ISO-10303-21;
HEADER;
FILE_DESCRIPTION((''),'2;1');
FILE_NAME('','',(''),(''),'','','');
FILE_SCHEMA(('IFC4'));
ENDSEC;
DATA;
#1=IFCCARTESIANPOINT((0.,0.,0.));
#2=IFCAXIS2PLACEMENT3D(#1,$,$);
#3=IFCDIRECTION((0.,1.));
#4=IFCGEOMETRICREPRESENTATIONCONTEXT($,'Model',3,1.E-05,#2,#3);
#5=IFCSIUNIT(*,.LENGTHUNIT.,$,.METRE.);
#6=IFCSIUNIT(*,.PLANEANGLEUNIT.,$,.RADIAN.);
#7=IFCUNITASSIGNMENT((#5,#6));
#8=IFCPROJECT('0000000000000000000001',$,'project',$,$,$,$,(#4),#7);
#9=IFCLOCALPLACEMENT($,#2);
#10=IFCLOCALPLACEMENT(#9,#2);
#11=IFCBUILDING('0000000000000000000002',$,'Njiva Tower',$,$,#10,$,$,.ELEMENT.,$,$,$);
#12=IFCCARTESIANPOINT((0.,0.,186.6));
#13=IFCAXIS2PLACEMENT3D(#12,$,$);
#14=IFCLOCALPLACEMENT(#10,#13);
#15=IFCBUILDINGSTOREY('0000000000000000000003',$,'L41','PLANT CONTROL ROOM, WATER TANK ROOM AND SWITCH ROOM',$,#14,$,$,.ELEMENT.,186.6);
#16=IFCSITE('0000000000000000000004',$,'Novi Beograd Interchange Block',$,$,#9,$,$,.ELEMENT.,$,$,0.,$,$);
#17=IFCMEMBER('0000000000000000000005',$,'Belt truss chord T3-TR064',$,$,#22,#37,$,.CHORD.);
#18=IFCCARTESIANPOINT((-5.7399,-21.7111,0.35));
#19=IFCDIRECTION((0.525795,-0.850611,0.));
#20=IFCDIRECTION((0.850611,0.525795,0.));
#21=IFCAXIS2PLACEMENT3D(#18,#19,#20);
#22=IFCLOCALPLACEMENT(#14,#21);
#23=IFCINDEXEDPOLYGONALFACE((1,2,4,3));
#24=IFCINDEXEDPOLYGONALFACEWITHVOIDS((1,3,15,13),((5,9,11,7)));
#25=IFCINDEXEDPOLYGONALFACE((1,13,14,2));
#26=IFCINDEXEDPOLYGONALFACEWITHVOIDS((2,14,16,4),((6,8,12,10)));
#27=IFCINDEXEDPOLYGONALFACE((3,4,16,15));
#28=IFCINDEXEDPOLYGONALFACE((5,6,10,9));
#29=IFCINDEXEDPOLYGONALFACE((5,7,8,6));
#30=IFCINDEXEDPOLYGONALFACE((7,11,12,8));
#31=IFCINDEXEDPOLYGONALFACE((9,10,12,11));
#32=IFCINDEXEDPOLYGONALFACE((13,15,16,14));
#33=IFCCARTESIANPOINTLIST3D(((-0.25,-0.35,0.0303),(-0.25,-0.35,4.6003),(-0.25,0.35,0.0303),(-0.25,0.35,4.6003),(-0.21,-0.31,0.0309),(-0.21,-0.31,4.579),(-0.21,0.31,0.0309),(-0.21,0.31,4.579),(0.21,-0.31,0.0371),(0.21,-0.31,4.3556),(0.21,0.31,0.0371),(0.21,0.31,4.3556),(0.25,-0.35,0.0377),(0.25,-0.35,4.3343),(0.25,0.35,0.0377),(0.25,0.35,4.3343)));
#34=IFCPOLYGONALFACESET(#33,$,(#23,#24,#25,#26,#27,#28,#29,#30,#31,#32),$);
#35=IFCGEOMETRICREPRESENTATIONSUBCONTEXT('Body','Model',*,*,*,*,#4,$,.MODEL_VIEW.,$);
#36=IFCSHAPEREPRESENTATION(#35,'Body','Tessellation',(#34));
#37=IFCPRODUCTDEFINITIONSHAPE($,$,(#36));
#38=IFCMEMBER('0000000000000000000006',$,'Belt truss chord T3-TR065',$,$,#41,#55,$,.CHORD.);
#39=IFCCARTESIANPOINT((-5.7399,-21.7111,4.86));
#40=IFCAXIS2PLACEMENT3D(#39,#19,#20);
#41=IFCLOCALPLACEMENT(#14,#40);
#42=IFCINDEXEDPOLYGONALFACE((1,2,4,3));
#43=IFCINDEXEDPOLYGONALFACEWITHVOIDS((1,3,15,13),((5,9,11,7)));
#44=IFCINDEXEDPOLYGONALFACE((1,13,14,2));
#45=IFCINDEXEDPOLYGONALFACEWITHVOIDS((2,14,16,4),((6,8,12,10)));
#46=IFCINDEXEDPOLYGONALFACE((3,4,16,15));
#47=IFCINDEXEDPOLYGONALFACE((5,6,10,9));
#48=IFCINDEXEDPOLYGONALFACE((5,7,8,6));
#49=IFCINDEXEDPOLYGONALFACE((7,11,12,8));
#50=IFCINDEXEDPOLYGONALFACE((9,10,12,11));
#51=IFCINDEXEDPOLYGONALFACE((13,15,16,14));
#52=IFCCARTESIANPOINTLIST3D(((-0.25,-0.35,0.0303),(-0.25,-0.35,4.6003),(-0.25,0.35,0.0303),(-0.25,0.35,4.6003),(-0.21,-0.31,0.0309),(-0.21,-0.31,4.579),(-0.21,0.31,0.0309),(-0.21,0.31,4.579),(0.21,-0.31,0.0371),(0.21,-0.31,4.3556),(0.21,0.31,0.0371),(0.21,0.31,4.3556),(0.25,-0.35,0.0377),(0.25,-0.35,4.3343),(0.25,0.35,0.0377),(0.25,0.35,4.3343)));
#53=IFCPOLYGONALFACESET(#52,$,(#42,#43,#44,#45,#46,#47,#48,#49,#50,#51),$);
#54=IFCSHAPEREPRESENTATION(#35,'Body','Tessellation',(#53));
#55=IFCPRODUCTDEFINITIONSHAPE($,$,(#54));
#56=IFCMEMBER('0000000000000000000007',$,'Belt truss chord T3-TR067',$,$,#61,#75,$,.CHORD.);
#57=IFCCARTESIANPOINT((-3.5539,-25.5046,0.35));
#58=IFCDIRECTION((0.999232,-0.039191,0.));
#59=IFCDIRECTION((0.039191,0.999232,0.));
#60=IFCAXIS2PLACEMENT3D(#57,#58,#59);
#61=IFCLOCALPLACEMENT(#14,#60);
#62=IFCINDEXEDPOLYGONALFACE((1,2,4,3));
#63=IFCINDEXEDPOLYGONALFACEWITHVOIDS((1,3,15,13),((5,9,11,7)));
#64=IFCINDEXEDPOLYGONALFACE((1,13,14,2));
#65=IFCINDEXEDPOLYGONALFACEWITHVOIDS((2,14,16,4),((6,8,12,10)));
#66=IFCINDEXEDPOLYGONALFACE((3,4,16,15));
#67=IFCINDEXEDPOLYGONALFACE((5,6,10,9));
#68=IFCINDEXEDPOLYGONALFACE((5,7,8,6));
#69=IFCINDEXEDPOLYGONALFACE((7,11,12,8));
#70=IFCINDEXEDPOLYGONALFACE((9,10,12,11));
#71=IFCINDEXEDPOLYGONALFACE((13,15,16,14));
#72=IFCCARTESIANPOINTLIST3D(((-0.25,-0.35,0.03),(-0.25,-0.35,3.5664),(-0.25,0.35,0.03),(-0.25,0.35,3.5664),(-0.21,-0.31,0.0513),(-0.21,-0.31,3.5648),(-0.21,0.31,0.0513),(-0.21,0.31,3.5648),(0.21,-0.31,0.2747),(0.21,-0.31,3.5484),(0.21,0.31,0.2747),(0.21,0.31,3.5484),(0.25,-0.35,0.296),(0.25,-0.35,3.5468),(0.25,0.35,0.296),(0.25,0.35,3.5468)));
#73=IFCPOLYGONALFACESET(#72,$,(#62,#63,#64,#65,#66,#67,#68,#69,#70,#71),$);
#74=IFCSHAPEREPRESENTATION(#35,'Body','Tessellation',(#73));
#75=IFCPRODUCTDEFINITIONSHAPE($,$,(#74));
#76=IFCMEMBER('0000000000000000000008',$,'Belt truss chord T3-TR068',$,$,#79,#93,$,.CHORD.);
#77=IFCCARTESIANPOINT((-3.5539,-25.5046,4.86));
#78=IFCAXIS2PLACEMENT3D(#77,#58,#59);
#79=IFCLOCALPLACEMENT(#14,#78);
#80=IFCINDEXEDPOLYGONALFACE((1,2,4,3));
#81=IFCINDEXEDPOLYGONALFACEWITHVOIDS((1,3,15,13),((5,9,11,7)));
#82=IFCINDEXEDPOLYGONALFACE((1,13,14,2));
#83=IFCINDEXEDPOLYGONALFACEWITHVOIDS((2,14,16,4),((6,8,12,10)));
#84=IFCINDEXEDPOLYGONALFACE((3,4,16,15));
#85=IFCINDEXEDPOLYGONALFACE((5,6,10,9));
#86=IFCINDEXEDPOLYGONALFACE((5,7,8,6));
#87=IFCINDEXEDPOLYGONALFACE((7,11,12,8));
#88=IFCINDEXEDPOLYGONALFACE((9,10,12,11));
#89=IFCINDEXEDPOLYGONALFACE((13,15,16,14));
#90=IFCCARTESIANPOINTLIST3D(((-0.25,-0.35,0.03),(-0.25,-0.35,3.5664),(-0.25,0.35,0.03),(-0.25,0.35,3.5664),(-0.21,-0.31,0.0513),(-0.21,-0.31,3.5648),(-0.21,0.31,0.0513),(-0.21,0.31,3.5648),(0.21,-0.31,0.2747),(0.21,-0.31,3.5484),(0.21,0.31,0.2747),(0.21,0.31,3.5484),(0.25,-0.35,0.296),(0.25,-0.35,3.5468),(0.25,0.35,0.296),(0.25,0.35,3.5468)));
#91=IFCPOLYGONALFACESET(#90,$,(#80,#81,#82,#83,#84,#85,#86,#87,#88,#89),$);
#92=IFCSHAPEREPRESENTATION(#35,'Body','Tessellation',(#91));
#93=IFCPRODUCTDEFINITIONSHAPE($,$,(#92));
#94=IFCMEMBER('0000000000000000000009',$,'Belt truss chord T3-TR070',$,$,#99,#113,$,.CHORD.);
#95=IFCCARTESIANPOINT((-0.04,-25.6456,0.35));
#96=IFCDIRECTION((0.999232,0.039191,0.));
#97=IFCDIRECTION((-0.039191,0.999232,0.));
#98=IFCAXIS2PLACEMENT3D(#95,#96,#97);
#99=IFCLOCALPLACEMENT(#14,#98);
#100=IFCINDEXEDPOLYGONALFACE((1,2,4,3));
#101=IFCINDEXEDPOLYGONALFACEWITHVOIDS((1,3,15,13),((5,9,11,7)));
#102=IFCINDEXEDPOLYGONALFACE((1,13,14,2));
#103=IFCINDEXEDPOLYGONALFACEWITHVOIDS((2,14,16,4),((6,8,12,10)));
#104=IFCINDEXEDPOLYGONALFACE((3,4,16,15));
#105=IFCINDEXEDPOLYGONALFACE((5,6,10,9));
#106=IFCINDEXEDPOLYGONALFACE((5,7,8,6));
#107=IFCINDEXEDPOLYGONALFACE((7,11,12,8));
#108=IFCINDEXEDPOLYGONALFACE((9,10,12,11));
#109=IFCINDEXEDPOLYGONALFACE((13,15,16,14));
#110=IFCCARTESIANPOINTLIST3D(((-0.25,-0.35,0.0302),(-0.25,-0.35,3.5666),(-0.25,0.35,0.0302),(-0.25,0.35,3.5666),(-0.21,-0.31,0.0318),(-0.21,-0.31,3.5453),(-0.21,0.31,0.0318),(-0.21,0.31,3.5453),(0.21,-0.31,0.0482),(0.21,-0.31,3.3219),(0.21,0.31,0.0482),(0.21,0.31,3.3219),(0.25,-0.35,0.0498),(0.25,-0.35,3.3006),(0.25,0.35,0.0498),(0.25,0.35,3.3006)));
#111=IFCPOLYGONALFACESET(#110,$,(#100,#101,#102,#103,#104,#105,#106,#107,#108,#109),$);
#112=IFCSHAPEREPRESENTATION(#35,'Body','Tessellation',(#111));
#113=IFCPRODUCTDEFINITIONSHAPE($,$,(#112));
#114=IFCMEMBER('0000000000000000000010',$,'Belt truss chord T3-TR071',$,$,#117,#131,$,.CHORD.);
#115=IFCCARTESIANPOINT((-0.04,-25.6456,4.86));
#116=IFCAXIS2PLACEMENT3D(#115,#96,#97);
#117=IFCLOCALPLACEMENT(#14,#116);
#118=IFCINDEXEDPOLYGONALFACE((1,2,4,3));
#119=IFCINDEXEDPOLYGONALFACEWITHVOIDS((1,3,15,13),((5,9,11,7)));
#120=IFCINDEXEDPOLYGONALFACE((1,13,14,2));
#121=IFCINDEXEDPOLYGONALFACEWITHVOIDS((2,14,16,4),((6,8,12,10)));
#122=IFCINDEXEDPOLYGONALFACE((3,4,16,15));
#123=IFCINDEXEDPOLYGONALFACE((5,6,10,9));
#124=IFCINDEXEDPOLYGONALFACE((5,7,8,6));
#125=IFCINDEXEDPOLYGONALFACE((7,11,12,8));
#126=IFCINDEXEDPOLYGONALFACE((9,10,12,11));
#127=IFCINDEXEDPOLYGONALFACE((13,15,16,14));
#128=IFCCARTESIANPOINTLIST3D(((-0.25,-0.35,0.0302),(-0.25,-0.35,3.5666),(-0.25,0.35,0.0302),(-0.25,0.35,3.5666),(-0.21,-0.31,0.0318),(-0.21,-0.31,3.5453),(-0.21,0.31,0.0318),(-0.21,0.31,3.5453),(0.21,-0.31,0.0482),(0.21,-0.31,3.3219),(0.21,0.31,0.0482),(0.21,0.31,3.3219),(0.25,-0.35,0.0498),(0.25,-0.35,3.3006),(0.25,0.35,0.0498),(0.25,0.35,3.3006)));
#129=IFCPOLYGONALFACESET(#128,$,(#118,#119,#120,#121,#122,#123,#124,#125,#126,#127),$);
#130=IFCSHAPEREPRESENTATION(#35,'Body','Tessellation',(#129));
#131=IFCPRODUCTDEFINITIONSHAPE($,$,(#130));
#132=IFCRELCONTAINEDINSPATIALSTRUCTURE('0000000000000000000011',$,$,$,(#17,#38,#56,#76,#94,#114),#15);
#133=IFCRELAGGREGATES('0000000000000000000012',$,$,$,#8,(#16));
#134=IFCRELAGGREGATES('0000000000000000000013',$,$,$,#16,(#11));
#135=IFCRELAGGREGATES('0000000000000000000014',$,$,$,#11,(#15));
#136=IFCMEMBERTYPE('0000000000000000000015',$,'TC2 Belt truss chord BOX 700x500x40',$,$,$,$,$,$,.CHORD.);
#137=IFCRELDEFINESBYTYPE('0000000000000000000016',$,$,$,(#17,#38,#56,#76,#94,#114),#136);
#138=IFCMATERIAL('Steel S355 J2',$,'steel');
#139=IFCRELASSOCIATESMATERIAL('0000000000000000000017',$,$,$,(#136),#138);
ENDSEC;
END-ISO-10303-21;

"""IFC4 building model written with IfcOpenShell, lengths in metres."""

from ifc_helpers import new_model, si_unit, direction, frame, origin, origin_2d, place, context, subcontext, project, spatial, hollow_rectangle, extrude, clip, halfspace, material, material_profile, profile_set, type_object, element, save


model = new_model("IFC4")

# Units and contexts
model_context = context("Model", 3, precision=1e-05, world=origin(), true_north=direction((0.0, 1.0)))
body_context = subcontext(model_context, "Body", "Model", "MODEL_VIEW")
ifc_project = project(units=[si_unit("LENGTHUNIT", "METRE"), si_unit("PLANEANGLEUNIT", "RADIAN")], contexts=[model_context])

# Site, building, storey
site_placement = place(None, origin())
site = spatial("IfcSite", under=ifc_project, at=site_placement, Name="Novi Beograd Interchange Block", CompositionType="ELEMENT", RefElevation=0.0)
building_placement = place(site_placement, origin())
building = spatial("IfcBuilding", under=site, at=building_placement, Name="Njiva Tower", CompositionType="ELEMENT")
storey_placement = place(building_placement, frame((0.0, 0.0, 186.6)))
storey = spatial("IfcBuildingStorey", under=building, at=storey_placement, Name="L41", Description="PLANT CONTROL ROOM, WATER TANK ROOM AND SWITCH ROOM", CompositionType="ELEMENT", Elevation=186.6)

# Shared definitions
ifc_material_1 = material(Name="Steel S355 J2", Category="steel")

# Members
ifc_material_profile_1 = material_profile(ifc_material_1, hollow_rectangle(XDim=0.5, YDim=0.7, WallThickness=0.04, at=origin_2d()), Name="BOX 700x500x40")
ifc_profile_set_1 = profile_set([ifc_material_profile_1], Name="Steel S355 J2")
member_type_1 = type_object("IfcMemberType", Name="TC2 Belt truss chord BOX 700x500x40", PredefinedType="CHORD", material=ifc_profile_set_1)
member_1_placement = place(storey_placement, frame((-5.7399, -21.7111, 0.35), z_axis=(0.525795, -0.850611, 0.0), x_axis=(0.850611, 0.525795, 0.0)))
element("IfcMember", 1, at=member_1_placement, inside=storey, type_object=member_type_1, Name="Belt truss chord T3-TR064", PredefinedType="CHORD", context=body_context, shape_type="Clipping", body=[
    clip(clip(extrude(hollow_rectangle(XDim=0.5, YDim=0.7, WallThickness=0.04, at=origin_2d()), origin(), (0.0, 0.0, 1.0), 4.6303), halfspace(frame((0.0, -186.95, 0.034), z_axis=(0.014965, 0.0, -0.999888), x_axis=(0.0, -1.0, 0.0)), False)), halfspace(frame((0.0, -186.95, 4.4673), z_axis=(0.469717, 0.0, 0.882817), x_axis=(0.0, 1.0, 0.0)), False)),
])
member_2_placement = place(storey_placement, frame((-5.7399, -21.7111, 4.86), z_axis=(0.525795, -0.850611, 0.0), x_axis=(0.850611, 0.525795, 0.0)))
element("IfcMember", 2, at=member_2_placement, inside=storey, type_object=member_type_1, Name="Belt truss chord T3-TR065", PredefinedType="CHORD", context=body_context, shape_type="Clipping", body=[
    clip(clip(extrude(hollow_rectangle(XDim=0.5, YDim=0.7, WallThickness=0.04, at=origin_2d()), origin(), (0.0, 0.0, 1.0), 4.6303), halfspace(frame((0.0, -191.46, 0.034), z_axis=(0.014965, 0.0, -0.999888), x_axis=(0.0, -1.0, 0.0)), False)), halfspace(frame((0.0, -191.46, 4.4673), z_axis=(0.469717, 0.0, 0.882817), x_axis=(0.0, 1.0, 0.0)), False)),
])
member_3_placement = place(storey_placement, frame((-3.5539, -25.5046, 0.35), z_axis=(0.999232, -0.039191, 0.0), x_axis=(0.039191, 0.999232, 0.0)))
element("IfcMember", 3, at=member_3_placement, inside=storey, type_object=member_type_1, Name="Belt truss chord T3-TR067", PredefinedType="CHORD", context=body_context, shape_type="Clipping", body=[
    clip(clip(extrude(hollow_rectangle(XDim=0.5, YDim=0.7, WallThickness=0.04, at=origin_2d()), origin(), (0.0, 0.0, 1.0), 3.5966), halfspace(frame((0.0, -186.95, 0.163), z_axis=(0.469721, 0.0, -0.882815), x_axis=(0.0, -1.0, 0.0)), False)), halfspace(frame((0.0, -186.95, 3.5566), z_axis=(0.039191, 0.0, 0.999232), x_axis=(0.0, 1.0, 0.0)), False)),
])
member_4_placement = place(storey_placement, frame((-3.5539, -25.5046, 4.86), z_axis=(0.999232, -0.039191, 0.0), x_axis=(0.039191, 0.999232, 0.0)))
element("IfcMember", 4, at=member_4_placement, inside=storey, type_object=member_type_1, Name="Belt truss chord T3-TR068", PredefinedType="CHORD", context=body_context, shape_type="Clipping", body=[
    clip(clip(extrude(hollow_rectangle(XDim=0.5, YDim=0.7, WallThickness=0.04, at=origin_2d()), origin(), (0.0, 0.0, 1.0), 3.5966), halfspace(frame((0.0, -191.46, 0.163), z_axis=(0.469721, 0.0, -0.882815), x_axis=(0.0, -1.0, 0.0)), False)), halfspace(frame((0.0, -191.46, 3.5566), z_axis=(0.039191, 0.0, 0.999232), x_axis=(0.0, 1.0, 0.0)), False)),
])
member_5_placement = place(storey_placement, frame((-0.04, -25.6456, 0.35), z_axis=(0.999232, 0.039191, 0.0), x_axis=(-0.039191, 0.999232, 0.0)))
element("IfcMember", 5, at=member_5_placement, inside=storey, type_object=member_type_1, Name="Belt truss chord T3-TR070", PredefinedType="CHORD", context=body_context, shape_type="Clipping", body=[
    clip(clip(extrude(hollow_rectangle(XDim=0.5, YDim=0.7, WallThickness=0.04, at=origin_2d()), origin(), (0.0, 0.0, 1.0), 3.5966), halfspace(frame((0.0, -186.95, 0.04), z_axis=(0.039191, 0.0, -0.999232), x_axis=(0.0, -1.0, 0.0)), False)), halfspace(frame((0.0, -186.95, 3.4336), z_axis=(0.469721, 0.0, 0.882815), x_axis=(0.0, 1.0, 0.0)), False)),
])
member_6_placement = place(storey_placement, frame((-0.04, -25.6456, 4.86), z_axis=(0.999232, 0.039191, 0.0), x_axis=(-0.039191, 0.999232, 0.0)))
element("IfcMember", 6, at=member_6_placement, inside=storey, type_object=member_type_1, Name="Belt truss chord T3-TR071", PredefinedType="CHORD", context=body_context, shape_type="Clipping", body=[
    clip(clip(extrude(hollow_rectangle(XDim=0.5, YDim=0.7, WallThickness=0.04, at=origin_2d()), origin(), (0.0, 0.0, 1.0), 3.5966), halfspace(frame((0.0, -191.46, 0.04), z_axis=(0.039191, 0.0, -0.999232), x_axis=(0.0, -1.0, 0.0)), False)), halfspace(frame((0.0, -191.46, 3.4336), z_axis=(0.469721, 0.0, 0.882815), x_axis=(0.0, 1.0, 0.0)), False)),
])

save(model, "model.ifc")
